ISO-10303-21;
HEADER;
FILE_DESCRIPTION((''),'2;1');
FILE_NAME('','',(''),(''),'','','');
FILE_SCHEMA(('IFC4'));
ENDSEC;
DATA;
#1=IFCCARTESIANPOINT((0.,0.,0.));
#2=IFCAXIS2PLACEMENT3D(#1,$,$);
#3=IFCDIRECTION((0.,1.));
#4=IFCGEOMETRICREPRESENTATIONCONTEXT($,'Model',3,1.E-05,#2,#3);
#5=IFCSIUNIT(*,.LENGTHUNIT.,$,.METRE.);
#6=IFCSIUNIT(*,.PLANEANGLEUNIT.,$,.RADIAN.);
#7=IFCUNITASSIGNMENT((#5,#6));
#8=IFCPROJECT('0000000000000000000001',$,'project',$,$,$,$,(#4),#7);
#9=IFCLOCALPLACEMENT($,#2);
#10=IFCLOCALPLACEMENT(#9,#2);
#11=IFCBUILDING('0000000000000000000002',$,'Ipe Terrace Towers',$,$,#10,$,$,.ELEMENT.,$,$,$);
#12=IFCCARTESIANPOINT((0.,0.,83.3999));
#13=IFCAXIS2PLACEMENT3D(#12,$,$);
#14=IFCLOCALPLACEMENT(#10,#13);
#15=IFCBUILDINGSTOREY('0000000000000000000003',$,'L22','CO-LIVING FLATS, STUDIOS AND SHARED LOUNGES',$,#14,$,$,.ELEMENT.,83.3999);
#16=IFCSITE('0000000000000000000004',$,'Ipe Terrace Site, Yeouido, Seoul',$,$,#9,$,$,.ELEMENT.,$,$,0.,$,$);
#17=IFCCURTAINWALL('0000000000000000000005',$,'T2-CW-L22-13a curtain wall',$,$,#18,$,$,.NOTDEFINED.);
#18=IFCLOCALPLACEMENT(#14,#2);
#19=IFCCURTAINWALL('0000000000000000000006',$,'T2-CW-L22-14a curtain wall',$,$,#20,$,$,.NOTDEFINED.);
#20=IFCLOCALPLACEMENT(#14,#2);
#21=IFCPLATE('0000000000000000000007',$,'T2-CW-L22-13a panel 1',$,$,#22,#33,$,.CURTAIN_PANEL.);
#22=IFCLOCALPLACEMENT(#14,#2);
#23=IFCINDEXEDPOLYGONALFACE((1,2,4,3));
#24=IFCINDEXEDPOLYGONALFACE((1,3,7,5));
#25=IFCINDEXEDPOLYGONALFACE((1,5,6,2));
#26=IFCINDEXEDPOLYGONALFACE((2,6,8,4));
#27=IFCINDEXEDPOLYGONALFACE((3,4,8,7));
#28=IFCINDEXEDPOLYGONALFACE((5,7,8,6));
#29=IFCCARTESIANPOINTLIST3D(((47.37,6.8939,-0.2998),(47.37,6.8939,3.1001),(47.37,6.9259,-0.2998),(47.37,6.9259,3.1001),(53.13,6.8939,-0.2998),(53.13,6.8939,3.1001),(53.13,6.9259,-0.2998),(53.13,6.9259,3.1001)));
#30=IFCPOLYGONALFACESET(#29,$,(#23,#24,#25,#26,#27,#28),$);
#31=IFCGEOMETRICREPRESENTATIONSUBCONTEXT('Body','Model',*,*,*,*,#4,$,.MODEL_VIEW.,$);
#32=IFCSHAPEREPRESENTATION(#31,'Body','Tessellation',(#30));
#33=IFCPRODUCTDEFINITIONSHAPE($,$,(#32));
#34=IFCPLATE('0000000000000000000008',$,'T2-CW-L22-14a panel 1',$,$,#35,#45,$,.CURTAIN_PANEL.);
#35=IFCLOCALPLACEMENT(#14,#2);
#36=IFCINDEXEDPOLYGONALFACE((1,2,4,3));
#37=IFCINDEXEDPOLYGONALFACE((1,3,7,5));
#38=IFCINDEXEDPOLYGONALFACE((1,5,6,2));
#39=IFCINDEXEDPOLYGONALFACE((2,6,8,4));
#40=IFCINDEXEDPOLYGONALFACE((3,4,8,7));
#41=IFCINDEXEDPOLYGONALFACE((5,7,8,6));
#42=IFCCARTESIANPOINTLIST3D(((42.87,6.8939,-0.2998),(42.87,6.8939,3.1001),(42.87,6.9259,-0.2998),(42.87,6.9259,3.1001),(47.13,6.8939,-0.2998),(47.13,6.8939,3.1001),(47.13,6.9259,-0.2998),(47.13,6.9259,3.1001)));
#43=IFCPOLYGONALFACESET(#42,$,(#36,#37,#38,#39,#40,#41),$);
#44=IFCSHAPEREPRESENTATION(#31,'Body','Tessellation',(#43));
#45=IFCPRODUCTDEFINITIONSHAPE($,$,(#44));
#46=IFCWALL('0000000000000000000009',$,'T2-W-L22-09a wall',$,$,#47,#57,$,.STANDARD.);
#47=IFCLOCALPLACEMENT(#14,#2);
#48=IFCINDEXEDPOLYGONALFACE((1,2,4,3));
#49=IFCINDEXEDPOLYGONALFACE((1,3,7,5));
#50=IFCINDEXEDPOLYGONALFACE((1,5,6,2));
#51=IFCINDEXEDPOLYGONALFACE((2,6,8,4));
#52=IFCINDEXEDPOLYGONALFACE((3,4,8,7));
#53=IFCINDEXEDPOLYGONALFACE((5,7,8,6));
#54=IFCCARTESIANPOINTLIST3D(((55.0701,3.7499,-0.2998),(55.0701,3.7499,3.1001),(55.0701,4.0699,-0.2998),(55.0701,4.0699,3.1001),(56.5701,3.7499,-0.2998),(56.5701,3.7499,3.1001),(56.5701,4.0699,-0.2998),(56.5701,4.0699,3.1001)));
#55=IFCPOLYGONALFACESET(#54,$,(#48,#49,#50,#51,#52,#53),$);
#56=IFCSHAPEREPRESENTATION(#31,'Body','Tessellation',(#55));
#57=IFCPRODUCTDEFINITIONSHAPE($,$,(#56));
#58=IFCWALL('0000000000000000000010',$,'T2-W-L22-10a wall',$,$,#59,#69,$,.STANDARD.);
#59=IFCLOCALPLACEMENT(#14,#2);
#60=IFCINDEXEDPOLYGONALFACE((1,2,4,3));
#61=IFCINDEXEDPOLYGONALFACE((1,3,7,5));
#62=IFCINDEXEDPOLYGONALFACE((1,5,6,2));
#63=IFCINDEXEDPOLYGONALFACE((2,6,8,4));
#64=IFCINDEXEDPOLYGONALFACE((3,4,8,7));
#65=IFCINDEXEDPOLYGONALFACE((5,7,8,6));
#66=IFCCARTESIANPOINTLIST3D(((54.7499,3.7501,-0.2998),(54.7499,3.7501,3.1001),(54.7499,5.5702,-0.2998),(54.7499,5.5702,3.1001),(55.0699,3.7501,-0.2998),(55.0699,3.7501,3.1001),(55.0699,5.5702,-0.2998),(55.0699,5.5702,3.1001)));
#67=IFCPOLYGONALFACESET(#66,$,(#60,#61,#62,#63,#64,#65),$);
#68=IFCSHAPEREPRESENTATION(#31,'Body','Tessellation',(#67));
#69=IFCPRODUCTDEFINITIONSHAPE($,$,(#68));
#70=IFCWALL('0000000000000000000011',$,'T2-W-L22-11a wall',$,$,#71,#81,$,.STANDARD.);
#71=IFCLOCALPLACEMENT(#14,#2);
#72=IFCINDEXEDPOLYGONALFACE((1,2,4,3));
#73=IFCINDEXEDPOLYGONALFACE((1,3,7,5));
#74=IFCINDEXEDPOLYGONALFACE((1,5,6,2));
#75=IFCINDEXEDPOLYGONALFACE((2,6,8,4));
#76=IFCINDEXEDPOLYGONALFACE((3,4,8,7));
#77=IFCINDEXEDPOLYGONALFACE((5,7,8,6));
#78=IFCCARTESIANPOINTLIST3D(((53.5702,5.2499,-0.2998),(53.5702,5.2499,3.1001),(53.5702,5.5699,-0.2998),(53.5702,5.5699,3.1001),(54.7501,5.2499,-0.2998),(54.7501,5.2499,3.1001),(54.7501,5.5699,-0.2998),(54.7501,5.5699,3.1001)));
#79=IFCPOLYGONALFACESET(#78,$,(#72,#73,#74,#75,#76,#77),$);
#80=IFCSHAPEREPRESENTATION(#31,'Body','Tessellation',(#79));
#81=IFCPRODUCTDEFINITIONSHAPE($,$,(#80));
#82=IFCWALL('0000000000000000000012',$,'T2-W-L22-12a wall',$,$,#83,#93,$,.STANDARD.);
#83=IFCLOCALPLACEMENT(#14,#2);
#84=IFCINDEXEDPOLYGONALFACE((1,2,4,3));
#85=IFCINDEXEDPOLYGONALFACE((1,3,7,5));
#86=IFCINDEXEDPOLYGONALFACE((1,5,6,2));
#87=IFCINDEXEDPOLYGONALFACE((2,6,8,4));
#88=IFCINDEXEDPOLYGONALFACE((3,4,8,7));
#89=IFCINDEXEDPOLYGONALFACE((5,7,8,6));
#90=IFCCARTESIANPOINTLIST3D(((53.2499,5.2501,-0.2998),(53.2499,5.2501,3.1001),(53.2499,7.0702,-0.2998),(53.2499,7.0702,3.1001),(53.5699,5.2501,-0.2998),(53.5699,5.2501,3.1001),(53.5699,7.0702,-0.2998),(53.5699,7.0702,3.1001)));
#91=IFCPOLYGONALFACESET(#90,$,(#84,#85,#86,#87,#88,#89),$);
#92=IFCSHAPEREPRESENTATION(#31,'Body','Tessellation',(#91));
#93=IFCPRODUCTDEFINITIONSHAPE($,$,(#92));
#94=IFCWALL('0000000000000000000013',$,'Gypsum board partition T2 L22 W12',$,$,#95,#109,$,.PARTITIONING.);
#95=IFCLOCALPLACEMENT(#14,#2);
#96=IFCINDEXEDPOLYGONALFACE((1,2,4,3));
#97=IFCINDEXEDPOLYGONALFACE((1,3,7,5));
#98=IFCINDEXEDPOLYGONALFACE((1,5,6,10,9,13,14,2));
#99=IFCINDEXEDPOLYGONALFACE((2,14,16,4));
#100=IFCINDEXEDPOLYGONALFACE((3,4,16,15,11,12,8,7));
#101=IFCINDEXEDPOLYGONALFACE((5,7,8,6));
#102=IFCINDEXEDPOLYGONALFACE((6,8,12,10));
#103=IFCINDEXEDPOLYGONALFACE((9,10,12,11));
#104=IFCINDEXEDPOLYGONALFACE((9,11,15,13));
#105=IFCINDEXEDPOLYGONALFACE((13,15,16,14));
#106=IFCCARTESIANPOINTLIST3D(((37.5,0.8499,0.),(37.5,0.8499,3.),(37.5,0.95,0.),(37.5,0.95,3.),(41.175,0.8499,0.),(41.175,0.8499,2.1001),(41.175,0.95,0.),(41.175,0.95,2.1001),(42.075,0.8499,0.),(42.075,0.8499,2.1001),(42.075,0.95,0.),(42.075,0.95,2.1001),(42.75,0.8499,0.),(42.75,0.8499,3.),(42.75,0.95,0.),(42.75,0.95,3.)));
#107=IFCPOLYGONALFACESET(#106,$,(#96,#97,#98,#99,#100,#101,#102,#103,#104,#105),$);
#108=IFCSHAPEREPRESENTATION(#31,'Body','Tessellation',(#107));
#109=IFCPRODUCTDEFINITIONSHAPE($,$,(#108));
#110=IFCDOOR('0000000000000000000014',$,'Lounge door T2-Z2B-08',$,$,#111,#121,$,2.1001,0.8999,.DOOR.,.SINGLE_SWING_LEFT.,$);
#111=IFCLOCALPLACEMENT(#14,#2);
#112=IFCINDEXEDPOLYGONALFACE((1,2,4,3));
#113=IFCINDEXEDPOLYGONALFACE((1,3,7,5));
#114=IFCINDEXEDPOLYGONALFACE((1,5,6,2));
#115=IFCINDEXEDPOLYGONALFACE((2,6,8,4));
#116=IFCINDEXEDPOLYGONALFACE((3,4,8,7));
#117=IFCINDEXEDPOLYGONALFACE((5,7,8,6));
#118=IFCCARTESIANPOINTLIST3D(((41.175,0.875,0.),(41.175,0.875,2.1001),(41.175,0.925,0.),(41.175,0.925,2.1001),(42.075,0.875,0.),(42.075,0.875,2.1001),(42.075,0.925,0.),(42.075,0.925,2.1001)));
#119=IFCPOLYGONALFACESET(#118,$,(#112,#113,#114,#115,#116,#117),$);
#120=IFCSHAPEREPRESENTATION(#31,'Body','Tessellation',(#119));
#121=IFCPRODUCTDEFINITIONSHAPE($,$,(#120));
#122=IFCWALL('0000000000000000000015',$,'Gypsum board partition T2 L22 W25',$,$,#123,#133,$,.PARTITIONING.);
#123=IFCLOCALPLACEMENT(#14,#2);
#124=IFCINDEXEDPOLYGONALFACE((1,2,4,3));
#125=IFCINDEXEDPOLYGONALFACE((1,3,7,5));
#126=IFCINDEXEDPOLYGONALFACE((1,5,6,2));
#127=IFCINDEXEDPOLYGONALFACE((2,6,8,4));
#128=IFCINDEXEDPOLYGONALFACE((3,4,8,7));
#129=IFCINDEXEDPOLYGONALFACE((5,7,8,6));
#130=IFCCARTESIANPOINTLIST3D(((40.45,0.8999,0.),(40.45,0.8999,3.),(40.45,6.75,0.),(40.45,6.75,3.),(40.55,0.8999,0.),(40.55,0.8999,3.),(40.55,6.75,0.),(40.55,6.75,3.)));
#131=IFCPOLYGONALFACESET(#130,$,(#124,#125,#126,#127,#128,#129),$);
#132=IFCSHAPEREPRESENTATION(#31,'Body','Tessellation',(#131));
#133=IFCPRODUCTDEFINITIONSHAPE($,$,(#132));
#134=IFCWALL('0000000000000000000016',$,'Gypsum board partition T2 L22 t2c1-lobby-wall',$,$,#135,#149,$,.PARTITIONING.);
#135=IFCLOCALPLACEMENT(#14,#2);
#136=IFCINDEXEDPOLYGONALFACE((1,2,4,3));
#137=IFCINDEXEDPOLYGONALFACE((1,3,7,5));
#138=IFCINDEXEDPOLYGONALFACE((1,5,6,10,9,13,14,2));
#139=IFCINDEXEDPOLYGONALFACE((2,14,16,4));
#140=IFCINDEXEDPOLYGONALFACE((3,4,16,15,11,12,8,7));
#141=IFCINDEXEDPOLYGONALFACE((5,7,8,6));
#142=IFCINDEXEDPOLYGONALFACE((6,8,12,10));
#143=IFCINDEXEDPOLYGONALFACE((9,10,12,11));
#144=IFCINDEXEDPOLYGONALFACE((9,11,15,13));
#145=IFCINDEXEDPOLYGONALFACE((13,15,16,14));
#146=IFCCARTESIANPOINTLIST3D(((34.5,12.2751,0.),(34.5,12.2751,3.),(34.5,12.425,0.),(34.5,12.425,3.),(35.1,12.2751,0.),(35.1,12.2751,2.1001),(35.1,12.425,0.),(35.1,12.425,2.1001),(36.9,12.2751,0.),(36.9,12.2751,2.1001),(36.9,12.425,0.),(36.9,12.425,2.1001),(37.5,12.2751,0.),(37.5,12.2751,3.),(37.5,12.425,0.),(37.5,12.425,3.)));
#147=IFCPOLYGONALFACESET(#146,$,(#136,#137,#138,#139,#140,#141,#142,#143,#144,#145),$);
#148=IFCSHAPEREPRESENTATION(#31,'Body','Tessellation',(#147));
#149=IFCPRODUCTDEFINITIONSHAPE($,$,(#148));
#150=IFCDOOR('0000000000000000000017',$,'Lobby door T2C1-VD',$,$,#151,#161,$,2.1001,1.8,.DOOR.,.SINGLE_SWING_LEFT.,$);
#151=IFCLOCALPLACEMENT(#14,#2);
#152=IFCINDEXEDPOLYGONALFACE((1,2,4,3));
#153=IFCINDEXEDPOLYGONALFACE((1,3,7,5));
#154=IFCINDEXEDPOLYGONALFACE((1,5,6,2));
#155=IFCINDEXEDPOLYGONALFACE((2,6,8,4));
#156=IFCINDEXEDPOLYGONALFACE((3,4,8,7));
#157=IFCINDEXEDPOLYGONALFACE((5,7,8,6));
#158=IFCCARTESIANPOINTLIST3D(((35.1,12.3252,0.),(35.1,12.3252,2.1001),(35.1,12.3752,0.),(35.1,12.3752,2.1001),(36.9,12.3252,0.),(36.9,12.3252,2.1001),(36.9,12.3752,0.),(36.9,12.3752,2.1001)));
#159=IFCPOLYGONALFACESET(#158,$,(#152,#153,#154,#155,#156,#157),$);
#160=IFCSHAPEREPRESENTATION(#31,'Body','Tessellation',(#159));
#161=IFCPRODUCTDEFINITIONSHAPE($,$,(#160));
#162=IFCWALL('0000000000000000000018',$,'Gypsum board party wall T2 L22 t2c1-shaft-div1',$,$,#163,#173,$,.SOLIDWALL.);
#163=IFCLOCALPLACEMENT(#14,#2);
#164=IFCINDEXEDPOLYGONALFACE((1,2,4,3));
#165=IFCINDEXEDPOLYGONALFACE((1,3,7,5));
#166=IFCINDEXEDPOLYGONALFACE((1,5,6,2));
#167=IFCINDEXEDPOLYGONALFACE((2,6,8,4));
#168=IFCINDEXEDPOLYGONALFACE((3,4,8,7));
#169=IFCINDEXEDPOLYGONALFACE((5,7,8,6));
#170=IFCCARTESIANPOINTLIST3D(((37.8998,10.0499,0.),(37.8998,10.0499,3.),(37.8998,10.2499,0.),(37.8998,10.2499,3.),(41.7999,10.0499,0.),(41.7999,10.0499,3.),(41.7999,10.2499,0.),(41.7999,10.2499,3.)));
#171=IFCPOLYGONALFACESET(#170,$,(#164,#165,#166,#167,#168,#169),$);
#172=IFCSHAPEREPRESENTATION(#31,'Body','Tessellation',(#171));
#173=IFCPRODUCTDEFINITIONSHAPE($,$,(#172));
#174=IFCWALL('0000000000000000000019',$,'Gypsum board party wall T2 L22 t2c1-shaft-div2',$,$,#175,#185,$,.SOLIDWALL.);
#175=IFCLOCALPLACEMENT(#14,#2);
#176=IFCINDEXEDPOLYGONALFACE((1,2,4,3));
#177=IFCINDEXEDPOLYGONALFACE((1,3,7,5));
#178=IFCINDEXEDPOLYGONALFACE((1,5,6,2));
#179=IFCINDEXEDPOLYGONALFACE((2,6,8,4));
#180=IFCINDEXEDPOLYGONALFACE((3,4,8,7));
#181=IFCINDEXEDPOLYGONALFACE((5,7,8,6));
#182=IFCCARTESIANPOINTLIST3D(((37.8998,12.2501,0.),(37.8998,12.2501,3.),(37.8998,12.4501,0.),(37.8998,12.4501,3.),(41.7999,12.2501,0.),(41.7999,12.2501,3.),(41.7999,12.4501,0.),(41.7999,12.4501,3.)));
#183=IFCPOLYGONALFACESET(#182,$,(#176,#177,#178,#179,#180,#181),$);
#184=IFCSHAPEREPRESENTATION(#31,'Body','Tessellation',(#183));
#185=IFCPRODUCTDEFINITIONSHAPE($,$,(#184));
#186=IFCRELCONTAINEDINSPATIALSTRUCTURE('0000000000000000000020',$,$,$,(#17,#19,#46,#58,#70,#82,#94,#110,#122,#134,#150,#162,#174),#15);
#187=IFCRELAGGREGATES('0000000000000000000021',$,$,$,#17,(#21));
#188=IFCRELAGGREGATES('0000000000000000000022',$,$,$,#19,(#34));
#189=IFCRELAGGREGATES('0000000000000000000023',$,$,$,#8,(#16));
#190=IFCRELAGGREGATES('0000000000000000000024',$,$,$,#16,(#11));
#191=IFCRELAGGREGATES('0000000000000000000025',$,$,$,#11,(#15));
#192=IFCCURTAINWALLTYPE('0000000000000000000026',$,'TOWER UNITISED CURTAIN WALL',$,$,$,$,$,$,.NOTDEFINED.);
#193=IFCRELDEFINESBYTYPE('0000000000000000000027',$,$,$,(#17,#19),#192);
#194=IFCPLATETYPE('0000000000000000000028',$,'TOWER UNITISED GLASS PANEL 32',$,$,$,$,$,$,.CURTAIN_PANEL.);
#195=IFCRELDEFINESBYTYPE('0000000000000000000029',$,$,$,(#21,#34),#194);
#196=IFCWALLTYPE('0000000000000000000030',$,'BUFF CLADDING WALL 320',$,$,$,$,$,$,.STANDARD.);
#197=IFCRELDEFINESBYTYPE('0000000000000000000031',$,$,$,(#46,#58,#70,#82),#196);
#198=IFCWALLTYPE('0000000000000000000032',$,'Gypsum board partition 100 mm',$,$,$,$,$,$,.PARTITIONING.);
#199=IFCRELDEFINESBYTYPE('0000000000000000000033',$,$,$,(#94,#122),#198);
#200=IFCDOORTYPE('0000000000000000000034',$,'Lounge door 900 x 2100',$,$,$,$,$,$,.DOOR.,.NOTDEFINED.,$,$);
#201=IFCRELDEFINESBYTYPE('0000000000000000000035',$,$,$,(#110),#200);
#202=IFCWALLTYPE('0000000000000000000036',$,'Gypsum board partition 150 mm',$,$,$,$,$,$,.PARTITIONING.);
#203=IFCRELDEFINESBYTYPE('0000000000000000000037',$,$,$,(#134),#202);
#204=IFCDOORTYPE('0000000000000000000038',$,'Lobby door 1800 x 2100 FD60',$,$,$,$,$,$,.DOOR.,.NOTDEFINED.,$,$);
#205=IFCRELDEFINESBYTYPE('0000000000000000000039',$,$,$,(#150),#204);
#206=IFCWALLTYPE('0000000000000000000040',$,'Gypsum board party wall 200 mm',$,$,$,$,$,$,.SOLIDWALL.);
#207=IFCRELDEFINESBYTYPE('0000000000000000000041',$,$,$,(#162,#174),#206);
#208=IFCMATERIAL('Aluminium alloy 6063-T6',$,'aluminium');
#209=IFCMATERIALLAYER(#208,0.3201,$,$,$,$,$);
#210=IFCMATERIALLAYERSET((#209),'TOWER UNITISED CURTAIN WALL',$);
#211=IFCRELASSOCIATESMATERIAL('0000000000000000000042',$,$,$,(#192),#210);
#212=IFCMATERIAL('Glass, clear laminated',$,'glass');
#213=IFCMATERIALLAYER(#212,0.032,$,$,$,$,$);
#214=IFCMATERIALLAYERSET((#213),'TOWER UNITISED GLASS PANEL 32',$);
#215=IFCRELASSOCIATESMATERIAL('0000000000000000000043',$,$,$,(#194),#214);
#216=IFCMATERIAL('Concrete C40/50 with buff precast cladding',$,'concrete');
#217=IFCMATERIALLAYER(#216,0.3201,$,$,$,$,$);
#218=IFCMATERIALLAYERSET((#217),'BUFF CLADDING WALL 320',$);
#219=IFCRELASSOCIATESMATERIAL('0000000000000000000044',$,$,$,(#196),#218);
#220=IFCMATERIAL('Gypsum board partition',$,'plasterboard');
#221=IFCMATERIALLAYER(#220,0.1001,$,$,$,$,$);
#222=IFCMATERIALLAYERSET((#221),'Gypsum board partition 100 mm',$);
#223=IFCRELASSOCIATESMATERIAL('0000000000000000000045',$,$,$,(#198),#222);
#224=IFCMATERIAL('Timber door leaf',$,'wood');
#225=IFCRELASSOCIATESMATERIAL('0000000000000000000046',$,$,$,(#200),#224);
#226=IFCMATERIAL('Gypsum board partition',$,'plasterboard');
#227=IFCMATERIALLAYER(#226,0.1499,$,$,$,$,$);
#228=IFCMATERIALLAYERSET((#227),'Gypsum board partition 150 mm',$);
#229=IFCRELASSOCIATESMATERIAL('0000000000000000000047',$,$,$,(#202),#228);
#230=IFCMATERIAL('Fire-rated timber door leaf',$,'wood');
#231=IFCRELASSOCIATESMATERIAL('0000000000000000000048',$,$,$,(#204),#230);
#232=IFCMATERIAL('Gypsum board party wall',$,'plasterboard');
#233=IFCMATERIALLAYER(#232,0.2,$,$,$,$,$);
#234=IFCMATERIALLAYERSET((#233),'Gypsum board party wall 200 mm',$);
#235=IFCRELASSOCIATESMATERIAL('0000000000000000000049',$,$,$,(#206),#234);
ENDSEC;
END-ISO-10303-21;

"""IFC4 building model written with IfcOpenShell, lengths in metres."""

from ifc_helpers import new_model, si_unit, direction, frame, frame_2d, origin, origin_2d, place, context, subcontext, project, spatial, rectangle, extrude, material, layer, layer_set, type_object, element, fill, aggregate, save


model = new_model("IFC4")

# Units and contexts
model_context = context("Model", 3, precision=1e-05, world=origin(), true_north=direction((0.0, 1.0)))
body_context = subcontext(model_context, "Body", "Model", "MODEL_VIEW")
ifc_project = project(units=[si_unit("LENGTHUNIT", "METRE"), si_unit("PLANEANGLEUNIT", "RADIAN")], contexts=[model_context])

# Site, building, storey
site_placement = place(None, origin())
site = spatial("IfcSite", under=ifc_project, at=site_placement, Name="Ipe Terrace Site, Yeouido, Seoul", CompositionType="ELEMENT", RefElevation=0.0)
building_placement = place(site_placement, origin())
building = spatial("IfcBuilding", under=site, at=building_placement, Name="Ipe Terrace Towers", CompositionType="ELEMENT")
storey_placement = place(building_placement, frame((0.0, 0.0, 83.3999)))
storey = spatial("IfcBuildingStorey", under=building, at=storey_placement, Name="L22", Description="CO-LIVING FLATS, STUDIOS AND SHARED LOUNGES", CompositionType="ELEMENT", Elevation=83.3999)

# Shared definitions
ifc_material_1 = material(Name="Aluminium alloy 6063-T6", Category="aluminium")
ifc_layer_1 = layer(ifc_material_1, 0.3201)
ifc_layer_set_1 = layer_set([ifc_layer_1], Name="TOWER UNITISED CURTAIN WALL")
curtain_wall_type = type_object("IfcCurtainWallType", Name="TOWER UNITISED CURTAIN WALL", PredefinedType="NOTDEFINED", material=ifc_layer_set_1)

# Curtain walls
curtain_wall_1_placement = place(storey_placement, origin())
curtain_wall_1 = element("IfcCurtainWall", 1, at=curtain_wall_1_placement, inside=storey, type_object=curtain_wall_type, Name="T2-CW-L22-13a curtain wall", PredefinedType="NOTDEFINED")
curtain_wall_2_placement = place(storey_placement, origin())
curtain_wall_2 = element("IfcCurtainWall", 2, at=curtain_wall_2_placement, inside=storey, type_object=curtain_wall_type, Name="T2-CW-L22-14a curtain wall", PredefinedType="NOTDEFINED")

# Plates
ifc_material_2 = material(Name="Glass, clear laminated", Category="glass")
ifc_layer_2 = layer(ifc_material_2, 0.032)
ifc_layer_set_2 = layer_set([ifc_layer_2], Name="TOWER UNITISED GLASS PANEL 32")
plate_type = type_object("IfcPlateType", Name="TOWER UNITISED GLASS PANEL 32", PredefinedType="CURTAIN_PANEL", material=ifc_layer_set_2)
plate_1_placement = place(storey_placement, frame((50.25, 6.9099, -0.2998), z_axis=(0.0, 0.0, 1.0), x_axis=(-1.0, 0.0, 0.0)))
plate_1 = element("IfcPlate", 3, at=plate_1_placement, type_object=plate_type, Name="T2-CW-L22-13a panel 1", PredefinedType="CURTAIN_PANEL", context=body_context, shape_type="SweptSolid", body=[
    extrude(rectangle(XDim=5.76, YDim=0.032, at=origin_2d()), origin(), (0.0, 0.0, 1.0), 3.3999),
])
aggregate(curtain_wall_1, [plate_1])
plate_2_placement = place(storey_placement, frame((45.0, 6.9099, -0.2998), z_axis=(0.0, 0.0, 1.0), x_axis=(-1.0, 0.0, 0.0)))
plate_2 = element("IfcPlate", 4, at=plate_2_placement, type_object=plate_type, Name="T2-CW-L22-14a panel 1", PredefinedType="CURTAIN_PANEL", context=body_context, shape_type="SweptSolid", body=[
    extrude(rectangle(XDim=4.26, YDim=0.032, at=origin_2d()), origin(), (0.0, 0.0, 1.0), 3.3999),
])
aggregate(curtain_wall_2, [plate_2])

# Walls
ifc_material_3 = material(Name="Concrete C40/50 with buff precast cladding", Category="concrete")
ifc_layer_3 = layer(ifc_material_3, 0.3201)
ifc_layer_set_3 = layer_set([ifc_layer_3], Name="BUFF CLADDING WALL 320")
wall_type_1 = type_object("IfcWallType", Name="BUFF CLADDING WALL 320", PredefinedType="STANDARD", material=ifc_layer_set_3)
wall_1_placement = place(storey_placement, frame((56.5701, 3.9099, -0.2998), z_axis=(0.0, 0.0, 1.0), x_axis=(-1.0, 0.0, 0.0)))
element("IfcWall", 5, at=wall_1_placement, inside=storey, type_object=wall_type_1, Name="T2-W-L22-09a wall", PredefinedType="STANDARD", context=body_context, shape_type="SweptSolid", body=[
    extrude(rectangle(XDim=1.5, YDim=0.3201, at=frame_2d((0.75, 0.0))), origin(), (0.0, 0.0, 1.0), 3.3999),
])
wall_2_placement = place(storey_placement, frame((54.9099, 3.75, -0.2998), z_axis=(0.0, 0.0, 1.0), x_axis=(0.0, 1.0, 0.0)))
element("IfcWall", 6, at=wall_2_placement, inside=storey, type_object=wall_type_1, Name="T2-W-L22-10a wall", PredefinedType="STANDARD", context=body_context, shape_type="SweptSolid", body=[
    extrude(rectangle(XDim=1.8201, YDim=0.3201, at=frame_2d((0.9102, 0.0))), origin(), (0.0, 0.0, 1.0), 3.3999),
])
wall_3_placement = place(storey_placement, frame((54.75, 5.4099, -0.2998), z_axis=(0.0, 0.0, 1.0), x_axis=(-1.0, 0.0, 0.0)))
element("IfcWall", 7, at=wall_3_placement, inside=storey, type_object=wall_type_1, Name="T2-W-L22-11a wall", PredefinedType="STANDARD", context=body_context, shape_type="SweptSolid", body=[
    extrude(rectangle(XDim=1.1799, YDim=0.3201, at=frame_2d((0.5898, 0.0))), origin(), (0.0, 0.0, 1.0), 3.3999),
])
wall_4_placement = place(storey_placement, frame((53.4099, 5.25, -0.2998), z_axis=(0.0, 0.0, 1.0), x_axis=(0.0, 1.0, 0.0)))
element("IfcWall", 8, at=wall_4_placement, inside=storey, type_object=wall_type_1, Name="T2-W-L22-12a wall", PredefinedType="STANDARD", context=body_context, shape_type="SweptSolid", body=[
    extrude(rectangle(XDim=1.8201, YDim=0.3201, at=frame_2d((0.9102, 0.0))), origin(), (0.0, 0.0, 1.0), 3.3999),
])

# Wall, opening, door
ifc_material_4 = material(Name="Gypsum board partition", Category="plasterboard")
ifc_layer_4 = layer(ifc_material_4, 0.1001)
ifc_layer_set_4 = layer_set([ifc_layer_4], Name="Gypsum board partition 100 mm")
wall_type_2 = type_object("IfcWallType", Name="Gypsum board partition 100 mm", PredefinedType="PARTITIONING", material=ifc_layer_set_4)
wall_5_placement = place(storey_placement, frame((42.75, 0.8999, 0.0), z_axis=(0.0, 0.0, 1.0), x_axis=(-1.0, 0.0, 0.0)))
wall_5 = element("IfcWall", 9, at=wall_5_placement, inside=storey, type_object=wall_type_2, Name="Gypsum board partition T2 L22 W12", PredefinedType="PARTITIONING", context=body_context, shape_type="SweptSolid", body=[
    extrude(rectangle(XDim=5.25, YDim=0.1001, at=frame_2d((2.625, 0.0))), origin(), (0.0, 0.0, 1.0), 3.0),
])
opening_1_placement = place(wall_5_placement, frame((0.675, 0.0, 0.0)))
opening_1 = element("IfcOpeningElement", 10, at=opening_1_placement, cuts=wall_5, PredefinedType="OPENING", context=body_context, shape_type="SweptSolid", body=[
    extrude(rectangle(XDim=0.8999, YDim=2.1001, at=frame_2d((0.45, 1.05))), frame((0.0, 0.0601, 0.0), z_axis=(0.0, -1.0, 0.0), x_axis=(1.0, 0.0, 0.0)), (0.0, 0.0, 1.0), 0.1201),
])
ifc_material_5 = material(Name="Timber door leaf", Category="wood")
door_type_1 = type_object("IfcDoorType", Name="Lounge door 900 x 2100", OperationType="NOTDEFINED", PredefinedType="DOOR", material=ifc_material_5)
door_1_placement = place(opening_1_placement, origin())
door_1 = element("IfcDoor", 11, at=door_1_placement, inside=storey, type_object=door_type_1, Name="Lounge door T2-Z2B-08", OperationType="SINGLE_SWING_LEFT", OverallHeight=2.1001, OverallWidth=0.8999, PredefinedType="DOOR", context=body_context, shape_type="SweptSolid", body=[
    extrude(rectangle(XDim=0.8999, YDim=2.1001, at=frame_2d((0.45, 1.05))), frame((0.0, 0.0249, 0.0), z_axis=(0.0, -1.0, 0.0), x_axis=(1.0, 0.0, 0.0)), (0.0, 0.0, 1.0), 0.05),
])
fill(opening_1, door_1)

# Wall
wall_6_placement = place(storey_placement, frame((40.5, 0.8999, 0.0), z_axis=(0.0, 0.0, 1.0), x_axis=(0.0, 1.0, 0.0)))
element("IfcWall", 12, at=wall_6_placement, inside=storey, type_object=wall_type_2, Name="Gypsum board partition T2 L22 W25", PredefinedType="PARTITIONING", context=body_context, shape_type="SweptSolid", body=[
    extrude(rectangle(XDim=5.8501, YDim=0.1001, at=frame_2d((2.925, 0.0))), origin(), (0.0, 0.0, 1.0), 3.0),
])

# Wall, opening, door
ifc_material_6 = material(Name="Gypsum board partition", Category="plasterboard")
ifc_layer_5 = layer(ifc_material_6, 0.1499)
ifc_layer_set_5 = layer_set([ifc_layer_5], Name="Gypsum board partition 150 mm")
wall_type_3 = type_object("IfcWallType", Name="Gypsum board partition 150 mm", PredefinedType="PARTITIONING", material=ifc_layer_set_5)
wall_7_placement = place(storey_placement, frame((37.5, 12.3501, 0.0), z_axis=(0.0, 0.0, 1.0), x_axis=(-1.0, 0.0, 0.0)))
wall_7 = element("IfcWall", 13, at=wall_7_placement, inside=storey, type_object=wall_type_3, Name="Gypsum board partition T2 L22 t2c1-lobby-wall", PredefinedType="PARTITIONING", context=body_context, shape_type="SweptSolid", body=[
    extrude(rectangle(XDim=3.0, YDim=0.1499, at=frame_2d((1.5, 0.0))), origin(), (0.0, 0.0, 1.0), 3.0),
])
opening_2_placement = place(wall_7_placement, frame((0.6001, 0.0, 0.0)))
opening_2 = element("IfcOpeningElement", 14, at=opening_2_placement, cuts=wall_7, PredefinedType="OPENING", context=body_context, shape_type="SweptSolid", body=[
    extrude(rectangle(XDim=1.8, YDim=2.1001, at=frame_2d((0.8999, 1.05))), frame((0.0, 0.085, 0.0), z_axis=(0.0, -1.0, 0.0), x_axis=(1.0, 0.0, 0.0)), (0.0, 0.0, 1.0), 0.1699),
])
ifc_material_7 = material(Name="Fire-rated timber door leaf", Category="wood")
door_type_2 = type_object("IfcDoorType", Name="Lobby door 1800 x 2100 FD60", OperationType="NOTDEFINED", PredefinedType="DOOR", material=ifc_material_7)
door_2_placement = place(opening_2_placement, origin())
door_2 = element("IfcDoor", 15, at=door_2_placement, inside=storey, type_object=door_type_2, Name="Lobby door T2C1-VD", OperationType="SINGLE_SWING_LEFT", OverallHeight=2.1001, OverallWidth=1.8, PredefinedType="DOOR", context=body_context, shape_type="SweptSolid", body=[
    extrude(rectangle(XDim=1.8, YDim=2.1001, at=frame_2d((0.8999, 1.05))), frame((0.0, 0.0249, 0.0), z_axis=(0.0, -1.0, 0.0), x_axis=(1.0, 0.0, 0.0)), (0.0, 0.0, 1.0), 0.05),
])
fill(opening_2, door_2)

# Walls
ifc_material_8 = material(Name="Gypsum board party wall", Category="plasterboard")
ifc_layer_6 = layer(ifc_material_8, 0.2)
ifc_layer_set_6 = layer_set([ifc_layer_6], Name="Gypsum board party wall 200 mm")
wall_type_4 = type_object("IfcWallType", Name="Gypsum board party wall 200 mm", PredefinedType="SOLIDWALL", material=ifc_layer_set_6)
for number, where, z_axis, x_axis, name in (
    (16, (41.8, 10.1499, 0.0), (0.0, 0.0, 1.0), (-1.0, 0.0, 0.0), "Gypsum board party wall T2 L22 t2c1-shaft-div1"),
    (17, (41.8, 12.3501, 0.0), (0.0, 0.0, 1.0), (-1.0, 0.0, 0.0), "Gypsum board party wall T2 L22 t2c1-shaft-div2"),
):
    element("IfcWall", number, at=place(storey_placement, frame(where, z_axis=z_axis, x_axis=x_axis)), inside=storey, type_object=wall_type_4, Name=name, PredefinedType="SOLIDWALL", context=body_context, shape_type="SweptSolid", body=[
        extrude(rectangle(XDim=3.9001, YDim=0.2, at=frame_2d((1.9502, 0.0))), origin(), (0.0, 0.0, 1.0), 3.0),
    ])

save(model, "model.ifc")
